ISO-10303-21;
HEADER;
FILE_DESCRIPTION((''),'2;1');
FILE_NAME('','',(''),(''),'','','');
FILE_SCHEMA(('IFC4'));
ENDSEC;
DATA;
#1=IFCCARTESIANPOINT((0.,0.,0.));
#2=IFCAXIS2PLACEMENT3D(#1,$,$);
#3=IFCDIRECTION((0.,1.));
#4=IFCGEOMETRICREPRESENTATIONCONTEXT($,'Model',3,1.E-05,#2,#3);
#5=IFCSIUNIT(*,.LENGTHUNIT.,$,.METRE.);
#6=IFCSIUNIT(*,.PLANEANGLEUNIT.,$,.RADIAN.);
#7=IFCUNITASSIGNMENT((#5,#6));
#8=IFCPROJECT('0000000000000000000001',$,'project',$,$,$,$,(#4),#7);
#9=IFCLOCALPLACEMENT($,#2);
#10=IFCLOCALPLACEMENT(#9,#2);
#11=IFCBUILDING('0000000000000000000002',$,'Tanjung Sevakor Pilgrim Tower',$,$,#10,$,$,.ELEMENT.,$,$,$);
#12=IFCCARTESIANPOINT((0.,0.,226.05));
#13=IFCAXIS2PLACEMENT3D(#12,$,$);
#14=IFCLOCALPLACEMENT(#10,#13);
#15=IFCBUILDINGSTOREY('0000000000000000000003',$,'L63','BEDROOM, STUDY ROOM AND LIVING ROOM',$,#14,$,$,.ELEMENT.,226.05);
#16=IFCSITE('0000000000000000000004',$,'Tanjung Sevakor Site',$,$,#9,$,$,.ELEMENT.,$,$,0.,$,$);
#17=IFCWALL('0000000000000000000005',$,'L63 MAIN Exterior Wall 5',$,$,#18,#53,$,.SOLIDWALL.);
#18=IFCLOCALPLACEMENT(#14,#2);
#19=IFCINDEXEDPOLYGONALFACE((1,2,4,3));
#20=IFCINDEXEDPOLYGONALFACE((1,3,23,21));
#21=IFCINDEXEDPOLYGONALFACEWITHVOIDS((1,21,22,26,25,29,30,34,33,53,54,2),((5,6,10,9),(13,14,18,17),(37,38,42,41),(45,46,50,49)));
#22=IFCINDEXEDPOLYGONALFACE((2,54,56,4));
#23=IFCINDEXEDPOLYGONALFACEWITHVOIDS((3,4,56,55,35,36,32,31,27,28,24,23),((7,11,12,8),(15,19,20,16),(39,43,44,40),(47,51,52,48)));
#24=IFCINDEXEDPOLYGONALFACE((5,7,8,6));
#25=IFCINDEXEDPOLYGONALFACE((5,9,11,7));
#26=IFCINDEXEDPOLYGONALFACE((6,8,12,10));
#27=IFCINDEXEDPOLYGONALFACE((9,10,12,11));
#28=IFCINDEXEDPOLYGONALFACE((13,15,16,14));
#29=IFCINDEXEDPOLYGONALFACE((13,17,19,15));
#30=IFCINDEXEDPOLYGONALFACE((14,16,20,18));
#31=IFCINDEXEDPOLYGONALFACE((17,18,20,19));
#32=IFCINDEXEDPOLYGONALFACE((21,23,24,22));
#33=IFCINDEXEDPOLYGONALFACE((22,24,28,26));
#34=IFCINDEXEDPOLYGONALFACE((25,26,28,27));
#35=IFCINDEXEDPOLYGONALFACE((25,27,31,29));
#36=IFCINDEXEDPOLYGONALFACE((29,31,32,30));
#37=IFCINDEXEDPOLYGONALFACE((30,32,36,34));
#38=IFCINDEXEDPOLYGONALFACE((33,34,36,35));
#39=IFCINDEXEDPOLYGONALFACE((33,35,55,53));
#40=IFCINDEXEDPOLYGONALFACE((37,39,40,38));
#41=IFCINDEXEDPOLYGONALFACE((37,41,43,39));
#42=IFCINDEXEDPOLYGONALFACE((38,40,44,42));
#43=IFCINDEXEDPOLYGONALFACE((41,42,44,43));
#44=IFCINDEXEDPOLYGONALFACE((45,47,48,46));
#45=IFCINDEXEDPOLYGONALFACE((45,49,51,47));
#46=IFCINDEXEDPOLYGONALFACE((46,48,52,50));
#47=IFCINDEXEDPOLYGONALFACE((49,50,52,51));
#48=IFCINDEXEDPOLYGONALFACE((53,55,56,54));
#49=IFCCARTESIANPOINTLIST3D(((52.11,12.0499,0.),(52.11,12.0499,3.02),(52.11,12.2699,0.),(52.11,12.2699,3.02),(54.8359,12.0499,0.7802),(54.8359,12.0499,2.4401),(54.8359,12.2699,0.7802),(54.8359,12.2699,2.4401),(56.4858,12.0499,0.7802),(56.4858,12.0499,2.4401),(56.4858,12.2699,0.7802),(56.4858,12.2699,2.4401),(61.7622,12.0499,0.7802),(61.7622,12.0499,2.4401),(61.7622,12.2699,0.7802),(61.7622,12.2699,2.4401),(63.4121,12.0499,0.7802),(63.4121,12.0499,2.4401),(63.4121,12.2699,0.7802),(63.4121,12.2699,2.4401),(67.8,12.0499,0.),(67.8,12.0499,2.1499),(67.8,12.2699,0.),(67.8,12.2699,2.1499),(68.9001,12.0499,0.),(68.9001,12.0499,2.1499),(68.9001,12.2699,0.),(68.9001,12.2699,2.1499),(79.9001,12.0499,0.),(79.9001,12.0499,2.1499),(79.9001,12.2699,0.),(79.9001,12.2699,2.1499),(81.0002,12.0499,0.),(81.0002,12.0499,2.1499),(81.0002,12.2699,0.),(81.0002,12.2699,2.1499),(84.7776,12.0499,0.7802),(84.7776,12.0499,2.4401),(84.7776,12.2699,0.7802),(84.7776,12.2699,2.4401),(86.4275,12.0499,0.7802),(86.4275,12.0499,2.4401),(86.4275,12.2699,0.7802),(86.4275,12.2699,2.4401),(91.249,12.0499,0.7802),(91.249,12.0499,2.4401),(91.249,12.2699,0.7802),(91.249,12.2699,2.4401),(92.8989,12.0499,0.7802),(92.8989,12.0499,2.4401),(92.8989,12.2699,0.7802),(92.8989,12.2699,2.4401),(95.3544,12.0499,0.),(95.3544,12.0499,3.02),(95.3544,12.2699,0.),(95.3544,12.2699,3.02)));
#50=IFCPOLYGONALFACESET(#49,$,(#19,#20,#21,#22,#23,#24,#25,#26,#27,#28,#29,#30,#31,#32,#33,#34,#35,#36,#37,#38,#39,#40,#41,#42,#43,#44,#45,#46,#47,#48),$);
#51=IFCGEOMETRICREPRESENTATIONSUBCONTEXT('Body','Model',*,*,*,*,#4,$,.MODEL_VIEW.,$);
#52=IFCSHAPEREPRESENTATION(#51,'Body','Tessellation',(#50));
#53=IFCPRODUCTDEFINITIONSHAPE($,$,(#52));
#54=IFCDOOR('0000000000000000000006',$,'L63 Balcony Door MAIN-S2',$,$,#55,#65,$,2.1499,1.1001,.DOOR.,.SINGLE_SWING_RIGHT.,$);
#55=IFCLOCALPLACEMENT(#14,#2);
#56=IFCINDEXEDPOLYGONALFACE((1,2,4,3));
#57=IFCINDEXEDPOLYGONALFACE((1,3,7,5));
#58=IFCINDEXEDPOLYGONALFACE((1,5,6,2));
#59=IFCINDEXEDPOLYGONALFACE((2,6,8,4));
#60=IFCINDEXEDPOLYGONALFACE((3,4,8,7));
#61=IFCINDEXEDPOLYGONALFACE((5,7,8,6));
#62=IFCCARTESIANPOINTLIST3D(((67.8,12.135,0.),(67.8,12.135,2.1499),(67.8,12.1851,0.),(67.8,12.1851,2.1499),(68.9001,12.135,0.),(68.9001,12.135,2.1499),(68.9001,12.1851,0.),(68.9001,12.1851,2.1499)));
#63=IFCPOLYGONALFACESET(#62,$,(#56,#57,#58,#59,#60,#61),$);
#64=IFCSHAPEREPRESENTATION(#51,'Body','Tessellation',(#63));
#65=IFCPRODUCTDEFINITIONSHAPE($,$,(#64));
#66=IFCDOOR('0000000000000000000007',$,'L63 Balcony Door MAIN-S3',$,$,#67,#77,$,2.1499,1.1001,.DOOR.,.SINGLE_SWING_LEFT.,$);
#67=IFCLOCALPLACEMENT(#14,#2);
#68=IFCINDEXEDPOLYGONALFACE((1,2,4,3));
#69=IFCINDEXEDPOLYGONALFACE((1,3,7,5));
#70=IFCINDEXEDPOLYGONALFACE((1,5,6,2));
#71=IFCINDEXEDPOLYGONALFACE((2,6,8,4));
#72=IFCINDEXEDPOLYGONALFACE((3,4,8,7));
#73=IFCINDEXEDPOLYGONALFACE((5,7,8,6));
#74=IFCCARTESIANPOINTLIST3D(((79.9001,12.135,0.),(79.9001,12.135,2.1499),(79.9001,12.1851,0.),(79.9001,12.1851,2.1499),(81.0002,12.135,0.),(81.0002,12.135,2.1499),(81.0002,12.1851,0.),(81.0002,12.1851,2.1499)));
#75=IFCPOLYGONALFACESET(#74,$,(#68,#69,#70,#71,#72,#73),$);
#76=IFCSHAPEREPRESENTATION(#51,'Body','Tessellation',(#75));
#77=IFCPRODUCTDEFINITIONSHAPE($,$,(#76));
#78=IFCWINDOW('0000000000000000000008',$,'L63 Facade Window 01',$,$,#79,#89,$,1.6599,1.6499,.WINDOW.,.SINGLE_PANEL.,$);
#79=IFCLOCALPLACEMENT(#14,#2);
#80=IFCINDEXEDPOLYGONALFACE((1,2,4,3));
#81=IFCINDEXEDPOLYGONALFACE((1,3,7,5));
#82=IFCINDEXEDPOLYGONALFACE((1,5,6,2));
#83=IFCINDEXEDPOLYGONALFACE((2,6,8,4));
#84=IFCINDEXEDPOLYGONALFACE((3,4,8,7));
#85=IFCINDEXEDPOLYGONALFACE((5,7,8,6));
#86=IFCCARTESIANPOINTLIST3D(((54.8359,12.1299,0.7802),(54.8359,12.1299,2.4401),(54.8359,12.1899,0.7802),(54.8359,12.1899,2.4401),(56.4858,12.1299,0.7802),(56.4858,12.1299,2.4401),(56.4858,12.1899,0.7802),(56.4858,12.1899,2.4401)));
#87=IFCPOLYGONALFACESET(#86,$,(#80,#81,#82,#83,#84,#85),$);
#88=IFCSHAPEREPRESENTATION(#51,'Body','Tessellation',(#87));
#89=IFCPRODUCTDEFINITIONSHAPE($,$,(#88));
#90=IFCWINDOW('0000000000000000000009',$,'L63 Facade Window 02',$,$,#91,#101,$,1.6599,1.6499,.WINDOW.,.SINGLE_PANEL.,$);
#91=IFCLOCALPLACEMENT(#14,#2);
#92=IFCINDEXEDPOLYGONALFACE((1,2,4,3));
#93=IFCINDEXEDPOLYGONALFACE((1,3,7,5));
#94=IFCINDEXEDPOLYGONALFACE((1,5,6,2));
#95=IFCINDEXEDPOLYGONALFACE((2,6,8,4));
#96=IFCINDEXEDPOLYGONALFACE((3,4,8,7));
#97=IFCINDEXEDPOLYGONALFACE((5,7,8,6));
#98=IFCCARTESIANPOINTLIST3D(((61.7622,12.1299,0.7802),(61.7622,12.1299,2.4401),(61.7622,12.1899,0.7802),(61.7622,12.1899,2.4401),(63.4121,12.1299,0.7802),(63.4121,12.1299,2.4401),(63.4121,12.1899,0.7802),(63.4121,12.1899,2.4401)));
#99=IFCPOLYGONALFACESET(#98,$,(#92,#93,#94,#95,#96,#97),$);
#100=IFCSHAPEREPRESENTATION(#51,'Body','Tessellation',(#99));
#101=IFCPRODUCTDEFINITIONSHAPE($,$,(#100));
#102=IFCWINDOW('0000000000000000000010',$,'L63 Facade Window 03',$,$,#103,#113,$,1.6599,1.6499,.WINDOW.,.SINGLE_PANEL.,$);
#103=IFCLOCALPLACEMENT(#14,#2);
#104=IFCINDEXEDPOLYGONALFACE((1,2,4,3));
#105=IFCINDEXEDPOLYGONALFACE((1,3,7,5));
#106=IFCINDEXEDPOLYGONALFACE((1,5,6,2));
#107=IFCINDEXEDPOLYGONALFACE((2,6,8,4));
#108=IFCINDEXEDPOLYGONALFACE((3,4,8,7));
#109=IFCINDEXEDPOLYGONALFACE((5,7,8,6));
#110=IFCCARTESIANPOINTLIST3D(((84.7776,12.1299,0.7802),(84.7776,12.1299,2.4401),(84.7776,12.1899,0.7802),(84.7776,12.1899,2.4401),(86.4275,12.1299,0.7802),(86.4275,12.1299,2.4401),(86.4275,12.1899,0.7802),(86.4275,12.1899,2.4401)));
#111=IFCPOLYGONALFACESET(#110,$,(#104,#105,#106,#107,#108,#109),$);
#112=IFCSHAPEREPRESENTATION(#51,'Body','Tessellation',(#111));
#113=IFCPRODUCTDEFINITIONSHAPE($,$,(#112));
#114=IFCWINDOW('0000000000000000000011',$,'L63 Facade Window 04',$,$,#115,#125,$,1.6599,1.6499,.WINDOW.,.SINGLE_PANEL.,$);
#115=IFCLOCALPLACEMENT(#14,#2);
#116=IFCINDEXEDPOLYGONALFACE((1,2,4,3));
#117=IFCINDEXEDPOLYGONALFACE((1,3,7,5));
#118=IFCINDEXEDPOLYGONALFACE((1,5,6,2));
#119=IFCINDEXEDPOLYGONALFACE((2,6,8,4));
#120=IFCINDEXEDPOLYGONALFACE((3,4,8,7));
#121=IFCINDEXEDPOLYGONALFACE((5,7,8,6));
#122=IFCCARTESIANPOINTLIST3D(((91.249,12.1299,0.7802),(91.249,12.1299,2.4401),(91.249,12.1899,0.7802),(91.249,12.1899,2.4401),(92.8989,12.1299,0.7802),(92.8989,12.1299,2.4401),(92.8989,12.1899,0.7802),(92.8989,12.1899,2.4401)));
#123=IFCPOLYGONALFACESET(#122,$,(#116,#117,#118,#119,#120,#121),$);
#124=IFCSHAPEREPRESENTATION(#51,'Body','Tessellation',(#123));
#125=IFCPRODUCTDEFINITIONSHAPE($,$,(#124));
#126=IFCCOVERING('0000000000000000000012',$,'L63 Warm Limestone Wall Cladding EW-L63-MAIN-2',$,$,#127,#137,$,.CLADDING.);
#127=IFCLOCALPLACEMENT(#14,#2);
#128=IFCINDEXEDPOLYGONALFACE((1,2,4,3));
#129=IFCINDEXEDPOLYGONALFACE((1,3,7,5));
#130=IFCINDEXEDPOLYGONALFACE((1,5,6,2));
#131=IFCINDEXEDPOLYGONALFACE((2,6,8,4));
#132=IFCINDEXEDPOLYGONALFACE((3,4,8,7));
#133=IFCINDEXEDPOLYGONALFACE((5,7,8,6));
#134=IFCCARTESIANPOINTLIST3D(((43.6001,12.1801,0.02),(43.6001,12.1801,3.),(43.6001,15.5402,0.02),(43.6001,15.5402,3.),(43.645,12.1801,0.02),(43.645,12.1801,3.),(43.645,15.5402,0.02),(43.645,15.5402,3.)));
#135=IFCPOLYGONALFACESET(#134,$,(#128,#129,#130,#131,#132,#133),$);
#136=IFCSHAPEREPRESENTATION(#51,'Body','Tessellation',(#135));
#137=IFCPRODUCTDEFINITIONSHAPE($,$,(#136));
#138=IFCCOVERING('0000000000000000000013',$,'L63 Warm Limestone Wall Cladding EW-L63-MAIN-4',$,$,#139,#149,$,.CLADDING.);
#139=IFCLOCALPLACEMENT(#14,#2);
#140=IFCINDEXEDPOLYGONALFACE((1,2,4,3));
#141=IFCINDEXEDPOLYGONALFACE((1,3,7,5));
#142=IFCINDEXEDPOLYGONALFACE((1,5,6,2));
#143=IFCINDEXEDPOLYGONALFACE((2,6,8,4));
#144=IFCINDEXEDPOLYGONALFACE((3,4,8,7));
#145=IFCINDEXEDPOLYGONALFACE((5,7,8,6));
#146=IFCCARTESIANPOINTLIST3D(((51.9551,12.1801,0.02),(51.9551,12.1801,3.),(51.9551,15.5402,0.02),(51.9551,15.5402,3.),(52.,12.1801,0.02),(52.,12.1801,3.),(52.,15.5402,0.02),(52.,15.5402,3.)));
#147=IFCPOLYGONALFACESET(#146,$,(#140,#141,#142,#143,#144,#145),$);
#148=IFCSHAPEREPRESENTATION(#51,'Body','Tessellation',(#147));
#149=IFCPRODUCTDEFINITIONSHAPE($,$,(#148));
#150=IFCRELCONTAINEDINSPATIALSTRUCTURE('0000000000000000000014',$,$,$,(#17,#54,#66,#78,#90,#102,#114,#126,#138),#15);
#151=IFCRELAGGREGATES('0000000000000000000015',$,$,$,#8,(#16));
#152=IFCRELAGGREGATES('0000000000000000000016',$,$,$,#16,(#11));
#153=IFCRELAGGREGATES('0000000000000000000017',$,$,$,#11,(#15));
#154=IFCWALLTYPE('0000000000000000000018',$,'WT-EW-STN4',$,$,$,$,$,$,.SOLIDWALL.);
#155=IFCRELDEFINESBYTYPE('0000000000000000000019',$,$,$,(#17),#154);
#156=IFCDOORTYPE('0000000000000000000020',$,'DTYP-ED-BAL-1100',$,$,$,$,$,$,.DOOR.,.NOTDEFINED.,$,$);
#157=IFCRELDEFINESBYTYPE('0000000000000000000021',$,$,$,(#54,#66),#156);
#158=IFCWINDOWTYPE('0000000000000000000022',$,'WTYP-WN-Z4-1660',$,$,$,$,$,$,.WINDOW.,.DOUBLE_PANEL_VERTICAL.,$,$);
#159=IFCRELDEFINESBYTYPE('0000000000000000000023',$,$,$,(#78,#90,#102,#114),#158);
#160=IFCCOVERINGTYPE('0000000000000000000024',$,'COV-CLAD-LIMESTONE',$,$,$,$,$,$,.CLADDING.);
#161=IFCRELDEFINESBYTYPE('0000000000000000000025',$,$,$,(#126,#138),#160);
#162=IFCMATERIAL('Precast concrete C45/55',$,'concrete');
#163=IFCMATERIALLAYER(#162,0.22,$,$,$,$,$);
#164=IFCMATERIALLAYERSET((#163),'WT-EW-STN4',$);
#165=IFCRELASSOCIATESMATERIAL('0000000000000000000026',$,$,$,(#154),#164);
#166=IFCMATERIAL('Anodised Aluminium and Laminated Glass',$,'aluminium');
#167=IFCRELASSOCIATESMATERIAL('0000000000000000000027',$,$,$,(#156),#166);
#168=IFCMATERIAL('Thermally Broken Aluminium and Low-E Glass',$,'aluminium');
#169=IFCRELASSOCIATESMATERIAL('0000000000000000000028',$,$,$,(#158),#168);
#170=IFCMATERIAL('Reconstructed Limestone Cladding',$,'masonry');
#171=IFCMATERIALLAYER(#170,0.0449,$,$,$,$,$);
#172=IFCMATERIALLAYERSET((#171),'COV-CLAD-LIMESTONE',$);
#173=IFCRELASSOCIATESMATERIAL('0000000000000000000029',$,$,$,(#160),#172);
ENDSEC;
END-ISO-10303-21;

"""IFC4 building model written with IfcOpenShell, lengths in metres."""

from ifc_helpers import new_model, si_unit, direction, frame, frame_2d, origin, origin_2d, place, context, subcontext, project, spatial, rectangle, extrude, material, layer, layer_set, type_object, element, fill, save


model = new_model("IFC4")

# Units and contexts
model_context = context("Model", 3, precision=1e-05, world=origin(), true_north=direction((0.0, 1.0)))
body_context = subcontext(model_context, "Body", "Model", "MODEL_VIEW")
ifc_project = project(units=[si_unit("LENGTHUNIT", "METRE"), si_unit("PLANEANGLEUNIT", "RADIAN")], contexts=[model_context])

# Site, building, storey
site_placement = place(None, origin())
site = spatial("IfcSite", under=ifc_project, at=site_placement, Name="Tanjung Sevakor Site", CompositionType="ELEMENT", RefElevation=0.0)
building_placement = place(site_placement, origin())
building = spatial("IfcBuilding", under=site, at=building_placement, Name="Tanjung Sevakor Pilgrim Tower", CompositionType="ELEMENT")
storey_placement = place(building_placement, frame((0.0, 0.0, 226.05)))
storey = spatial("IfcBuildingStorey", under=building, at=storey_placement, Name="L63", Description="BEDROOM, STUDY ROOM AND LIVING ROOM", CompositionType="ELEMENT", Elevation=226.05)

# Shared definitions
ifc_material_1 = material(Name="Precast concrete C45/55", Category="concrete")
ifc_layer_1 = layer(ifc_material_1, 0.22)
ifc_layer_set_1 = layer_set([ifc_layer_1], Name="WT-EW-STN4")
wall_type_1 = type_object("IfcWallType", Name="WT-EW-STN4", PredefinedType="SOLIDWALL", material=ifc_layer_set_1)

# Wall, openings, doors, windows
wall_1_placement = place(storey_placement, frame((52.1101, 12.1599, 0.0), z_axis=(0.0, 0.0, 1.0), x_axis=(1.0, 0.0, 0.0)))
wall_1 = element("IfcWall", 1, at=wall_1_placement, inside=storey, type_object=wall_type_1, Name="L63 MAIN Exterior Wall 5", PredefinedType="SOLIDWALL", context=body_context, shape_type="SweptSolid", body=[
    extrude(rectangle(XDim=43.2444, YDim=0.22, at=frame_2d((21.6221, 0.0))), origin(), (0.0, 0.0, 1.0), 3.02),
])
opening_1_placement = place(wall_1_placement, frame((15.6899, 0.0, 0.0)))
opening_1 = element("IfcOpeningElement", 2, at=opening_1_placement, cuts=wall_1, PredefinedType="OPENING", context=body_context, shape_type="SweptSolid", body=[
    extrude(rectangle(XDim=1.1001, YDim=2.1499, at=frame_2d((0.55, 1.075))), frame((0.0, 0.1199, 0.0), z_axis=(0.0, -1.0, 0.0), x_axis=(1.0, 0.0, 0.0)), (0.0, 0.0, 1.0), 0.24),
])
opening_2_placement = place(wall_1_placement, frame((27.79, 0.0, 0.0)))
opening_2 = element("IfcOpeningElement", 3, at=opening_2_placement, cuts=wall_1, PredefinedType="OPENING", context=body_context, shape_type="SweptSolid", body=[
    extrude(rectangle(XDim=1.1001, YDim=2.1499, at=frame_2d((0.55, 1.075))), frame((0.0, 0.1199, 0.0), z_axis=(0.0, -1.0, 0.0), x_axis=(1.0, 0.0, 0.0)), (0.0, 0.0, 1.0), 0.24),
])
opening_3_placement = place(wall_1_placement, frame((2.7258, 0.0, 0.78)))
opening_3 = element("IfcOpeningElement", 4, at=opening_3_placement, cuts=wall_1, PredefinedType="OPENING", context=body_context, shape_type="SweptSolid", body=[
    extrude(rectangle(XDim=1.6499, YDim=1.6599, at=frame_2d((0.825, 0.8301))), frame((0.0, 0.1199, 0.0), z_axis=(0.0, -1.0, 0.0), x_axis=(1.0, 0.0, 0.0)), (0.0, 0.0, 1.0), 0.24),
])
opening_4_placement = place(wall_1_placement, frame((9.6521, 0.0, 0.78)))
opening_4 = element("IfcOpeningElement", 5, at=opening_4_placement, cuts=wall_1, PredefinedType="OPENING", context=body_context, shape_type="SweptSolid", body=[
    extrude(rectangle(XDim=1.6499, YDim=1.6599, at=frame_2d((0.825, 0.8301))), frame((0.0, 0.1199, 0.0), z_axis=(0.0, -1.0, 0.0), x_axis=(1.0, 0.0, 0.0)), (0.0, 0.0, 1.0), 0.24),
])
opening_5_placement = place(wall_1_placement, frame((32.6675, 0.0, 0.78)))
opening_5 = element("IfcOpeningElement", 6, at=opening_5_placement, cuts=wall_1, PredefinedType="OPENING", context=body_context, shape_type="SweptSolid", body=[
    extrude(rectangle(XDim=1.6499, YDim=1.6599, at=frame_2d((0.825, 0.8301))), frame((0.0, 0.1199, 0.0), z_axis=(0.0, -1.0, 0.0), x_axis=(1.0, 0.0, 0.0)), (0.0, 0.0, 1.0), 0.24),
])
opening_6_placement = place(wall_1_placement, frame((39.1389, 0.0, 0.78)))
opening_6 = element("IfcOpeningElement", 7, at=opening_6_placement, cuts=wall_1, PredefinedType="OPENING", context=body_context, shape_type="SweptSolid", body=[
    extrude(rectangle(XDim=1.6499, YDim=1.6599, at=frame_2d((0.825, 0.8301))), frame((0.0, 0.1199, 0.0), z_axis=(0.0, -1.0, 0.0), x_axis=(1.0, 0.0, 0.0)), (0.0, 0.0, 1.0), 0.24),
])
ifc_material_2 = material(Name="Anodised Aluminium and Laminated Glass", Category="aluminium")
door_type_1 = type_object("IfcDoorType", Name="DTYP-ED-BAL-1100", OperationType="NOTDEFINED", PredefinedType="DOOR", material=ifc_material_2)
door_1_placement = place(opening_1_placement, frame((1.1001, 0.0, 0.0), z_axis=(0.0, 0.0, 1.0), x_axis=(-1.0, 0.0, 0.0)))
door_1 = element("IfcDoor", 8, at=door_1_placement, inside=storey, type_object=door_type_1, Name="L63 Balcony Door MAIN-S2", OperationType="SINGLE_SWING_RIGHT", OverallHeight=2.1499, OverallWidth=1.1001, PredefinedType="DOOR", context=body_context, shape_type="SweptSolid", body=[
    extrude(rectangle(XDim=1.1001, YDim=2.1499, at=frame_2d((0.55, 1.075))), frame((0.0, 0.0249, 0.0), z_axis=(0.0, -1.0, 0.0), x_axis=(1.0, 0.0, 0.0)), (0.0, 0.0, 1.0), 0.05),
])
fill(opening_1, door_1)
door_2_placement = place(opening_2_placement, frame((1.1001, 0.0, 0.0), z_axis=(0.0, 0.0, 1.0), x_axis=(-1.0, 0.0, 0.0)))
door_2 = element("IfcDoor", 9, at=door_2_placement, inside=storey, type_object=door_type_1, Name="L63 Balcony Door MAIN-S3", OperationType="SINGLE_SWING_LEFT", OverallHeight=2.1499, OverallWidth=1.1001, PredefinedType="DOOR", context=body_context, shape_type="SweptSolid", body=[
    extrude(rectangle(XDim=1.1001, YDim=2.1499, at=frame_2d((0.55, 1.075))), frame((0.0, 0.0249, 0.0), z_axis=(0.0, -1.0, 0.0), x_axis=(1.0, 0.0, 0.0)), (0.0, 0.0, 1.0), 0.05),
])
fill(opening_2, door_2)
ifc_material_3 = material(Name="Thermally Broken Aluminium and Low-E Glass", Category="aluminium")
window_type = type_object("IfcWindowType", Name="WTYP-WN-Z4-1660", PartitioningType="DOUBLE_PANEL_VERTICAL", PredefinedType="WINDOW", material=ifc_material_3)
window_1_placement = place(opening_3_placement, origin())
window_1 = element("IfcWindow", 10, at=window_1_placement, inside=storey, type_object=window_type, Name="L63 Facade Window 01", OverallHeight=1.6599, OverallWidth=1.6499, PartitioningType="SINGLE_PANEL", PredefinedType="WINDOW", context=body_context, shape_type="SweptSolid", body=[
    extrude(rectangle(XDim=1.6499, YDim=1.6599, at=frame_2d((0.825, 0.8301))), frame((0.0, 0.03, 0.0), z_axis=(0.0, -1.0, 0.0), x_axis=(1.0, 0.0, 0.0)), (0.0, 0.0, 1.0), 0.0601),
])
fill(opening_3, window_1)
window_2_placement = place(opening_4_placement, origin())
window_2 = element("IfcWindow", 11, at=window_2_placement, inside=storey, type_object=window_type, Name="L63 Facade Window 02", OverallHeight=1.6599, OverallWidth=1.6499, PartitioningType="SINGLE_PANEL", PredefinedType="WINDOW", context=body_context, shape_type="SweptSolid", body=[
    extrude(rectangle(XDim=1.6499, YDim=1.6599, at=frame_2d((0.825, 0.8301))), frame((0.0, 0.03, 0.0), z_axis=(0.0, -1.0, 0.0), x_axis=(1.0, 0.0, 0.0)), (0.0, 0.0, 1.0), 0.0601),
])
fill(opening_4, window_2)
window_3_placement = place(opening_5_placement, origin())
window_3 = element("IfcWindow", 12, at=window_3_placement, inside=storey, type_object=window_type, Name="L63 Facade Window 03", OverallHeight=1.6599, OverallWidth=1.6499, PartitioningType="SINGLE_PANEL", PredefinedType="WINDOW", context=body_context, shape_type="SweptSolid", body=[
    extrude(rectangle(XDim=1.6499, YDim=1.6599, at=frame_2d((0.825, 0.8301))), frame((0.0, 0.03, 0.0), z_axis=(0.0, -1.0, 0.0), x_axis=(1.0, 0.0, 0.0)), (0.0, 0.0, 1.0), 0.0601),
])
fill(opening_5, window_3)
window_4_placement = place(opening_6_placement, origin())
window_4 = element("IfcWindow", 13, at=window_4_placement, inside=storey, type_object=window_type, Name="L63 Facade Window 04", OverallHeight=1.6599, OverallWidth=1.6499, PartitioningType="SINGLE_PANEL", PredefinedType="WINDOW", context=body_context, shape_type="SweptSolid", body=[
    extrude(rectangle(XDim=1.6499, YDim=1.6599, at=frame_2d((0.825, 0.8301))), frame((0.0, 0.03, 0.0), z_axis=(0.0, -1.0, 0.0), x_axis=(1.0, 0.0, 0.0)), (0.0, 0.0, 1.0), 0.0601),
])
fill(opening_6, window_4)

# Coverings
ifc_material_4 = material(Name="Reconstructed Limestone Cladding", Category="masonry")
ifc_layer_2 = layer(ifc_material_4, 0.0449)
ifc_layer_set_2 = layer_set([ifc_layer_2], Name="COV-CLAD-LIMESTONE")
covering_type = type_object("IfcCoveringType", Name="COV-CLAD-LIMESTONE", PredefinedType="CLADDING", material=ifc_layer_set_2)
for number, where, z_axis, x_axis, name in (
    (14, (43.6226, 13.8601, 0.02), (0.0, 0.0, 1.0), (0.0, 1.0, 0.0), "L63 Warm Limestone Wall Cladding EW-L63-MAIN-2"),
    (15, (51.9775, 13.8601, 0.02), (0.0, 0.0, 1.0), (0.0, -1.0, 0.0), "L63 Warm Limestone Wall Cladding EW-L63-MAIN-4"),
):
    element("IfcCovering", number, at=place(storey_placement, frame(where, z_axis=z_axis, x_axis=x_axis)), inside=storey, type_object=covering_type, Name=name, PredefinedType="CLADDING", context=body_context, shape_type="SweptSolid", body=[
        extrude(rectangle(XDim=3.3601, YDim=0.0449, at=origin_2d()), origin(), (0.0, 0.0, 1.0), 2.98),
    ])

save(model, "model.ifc")
